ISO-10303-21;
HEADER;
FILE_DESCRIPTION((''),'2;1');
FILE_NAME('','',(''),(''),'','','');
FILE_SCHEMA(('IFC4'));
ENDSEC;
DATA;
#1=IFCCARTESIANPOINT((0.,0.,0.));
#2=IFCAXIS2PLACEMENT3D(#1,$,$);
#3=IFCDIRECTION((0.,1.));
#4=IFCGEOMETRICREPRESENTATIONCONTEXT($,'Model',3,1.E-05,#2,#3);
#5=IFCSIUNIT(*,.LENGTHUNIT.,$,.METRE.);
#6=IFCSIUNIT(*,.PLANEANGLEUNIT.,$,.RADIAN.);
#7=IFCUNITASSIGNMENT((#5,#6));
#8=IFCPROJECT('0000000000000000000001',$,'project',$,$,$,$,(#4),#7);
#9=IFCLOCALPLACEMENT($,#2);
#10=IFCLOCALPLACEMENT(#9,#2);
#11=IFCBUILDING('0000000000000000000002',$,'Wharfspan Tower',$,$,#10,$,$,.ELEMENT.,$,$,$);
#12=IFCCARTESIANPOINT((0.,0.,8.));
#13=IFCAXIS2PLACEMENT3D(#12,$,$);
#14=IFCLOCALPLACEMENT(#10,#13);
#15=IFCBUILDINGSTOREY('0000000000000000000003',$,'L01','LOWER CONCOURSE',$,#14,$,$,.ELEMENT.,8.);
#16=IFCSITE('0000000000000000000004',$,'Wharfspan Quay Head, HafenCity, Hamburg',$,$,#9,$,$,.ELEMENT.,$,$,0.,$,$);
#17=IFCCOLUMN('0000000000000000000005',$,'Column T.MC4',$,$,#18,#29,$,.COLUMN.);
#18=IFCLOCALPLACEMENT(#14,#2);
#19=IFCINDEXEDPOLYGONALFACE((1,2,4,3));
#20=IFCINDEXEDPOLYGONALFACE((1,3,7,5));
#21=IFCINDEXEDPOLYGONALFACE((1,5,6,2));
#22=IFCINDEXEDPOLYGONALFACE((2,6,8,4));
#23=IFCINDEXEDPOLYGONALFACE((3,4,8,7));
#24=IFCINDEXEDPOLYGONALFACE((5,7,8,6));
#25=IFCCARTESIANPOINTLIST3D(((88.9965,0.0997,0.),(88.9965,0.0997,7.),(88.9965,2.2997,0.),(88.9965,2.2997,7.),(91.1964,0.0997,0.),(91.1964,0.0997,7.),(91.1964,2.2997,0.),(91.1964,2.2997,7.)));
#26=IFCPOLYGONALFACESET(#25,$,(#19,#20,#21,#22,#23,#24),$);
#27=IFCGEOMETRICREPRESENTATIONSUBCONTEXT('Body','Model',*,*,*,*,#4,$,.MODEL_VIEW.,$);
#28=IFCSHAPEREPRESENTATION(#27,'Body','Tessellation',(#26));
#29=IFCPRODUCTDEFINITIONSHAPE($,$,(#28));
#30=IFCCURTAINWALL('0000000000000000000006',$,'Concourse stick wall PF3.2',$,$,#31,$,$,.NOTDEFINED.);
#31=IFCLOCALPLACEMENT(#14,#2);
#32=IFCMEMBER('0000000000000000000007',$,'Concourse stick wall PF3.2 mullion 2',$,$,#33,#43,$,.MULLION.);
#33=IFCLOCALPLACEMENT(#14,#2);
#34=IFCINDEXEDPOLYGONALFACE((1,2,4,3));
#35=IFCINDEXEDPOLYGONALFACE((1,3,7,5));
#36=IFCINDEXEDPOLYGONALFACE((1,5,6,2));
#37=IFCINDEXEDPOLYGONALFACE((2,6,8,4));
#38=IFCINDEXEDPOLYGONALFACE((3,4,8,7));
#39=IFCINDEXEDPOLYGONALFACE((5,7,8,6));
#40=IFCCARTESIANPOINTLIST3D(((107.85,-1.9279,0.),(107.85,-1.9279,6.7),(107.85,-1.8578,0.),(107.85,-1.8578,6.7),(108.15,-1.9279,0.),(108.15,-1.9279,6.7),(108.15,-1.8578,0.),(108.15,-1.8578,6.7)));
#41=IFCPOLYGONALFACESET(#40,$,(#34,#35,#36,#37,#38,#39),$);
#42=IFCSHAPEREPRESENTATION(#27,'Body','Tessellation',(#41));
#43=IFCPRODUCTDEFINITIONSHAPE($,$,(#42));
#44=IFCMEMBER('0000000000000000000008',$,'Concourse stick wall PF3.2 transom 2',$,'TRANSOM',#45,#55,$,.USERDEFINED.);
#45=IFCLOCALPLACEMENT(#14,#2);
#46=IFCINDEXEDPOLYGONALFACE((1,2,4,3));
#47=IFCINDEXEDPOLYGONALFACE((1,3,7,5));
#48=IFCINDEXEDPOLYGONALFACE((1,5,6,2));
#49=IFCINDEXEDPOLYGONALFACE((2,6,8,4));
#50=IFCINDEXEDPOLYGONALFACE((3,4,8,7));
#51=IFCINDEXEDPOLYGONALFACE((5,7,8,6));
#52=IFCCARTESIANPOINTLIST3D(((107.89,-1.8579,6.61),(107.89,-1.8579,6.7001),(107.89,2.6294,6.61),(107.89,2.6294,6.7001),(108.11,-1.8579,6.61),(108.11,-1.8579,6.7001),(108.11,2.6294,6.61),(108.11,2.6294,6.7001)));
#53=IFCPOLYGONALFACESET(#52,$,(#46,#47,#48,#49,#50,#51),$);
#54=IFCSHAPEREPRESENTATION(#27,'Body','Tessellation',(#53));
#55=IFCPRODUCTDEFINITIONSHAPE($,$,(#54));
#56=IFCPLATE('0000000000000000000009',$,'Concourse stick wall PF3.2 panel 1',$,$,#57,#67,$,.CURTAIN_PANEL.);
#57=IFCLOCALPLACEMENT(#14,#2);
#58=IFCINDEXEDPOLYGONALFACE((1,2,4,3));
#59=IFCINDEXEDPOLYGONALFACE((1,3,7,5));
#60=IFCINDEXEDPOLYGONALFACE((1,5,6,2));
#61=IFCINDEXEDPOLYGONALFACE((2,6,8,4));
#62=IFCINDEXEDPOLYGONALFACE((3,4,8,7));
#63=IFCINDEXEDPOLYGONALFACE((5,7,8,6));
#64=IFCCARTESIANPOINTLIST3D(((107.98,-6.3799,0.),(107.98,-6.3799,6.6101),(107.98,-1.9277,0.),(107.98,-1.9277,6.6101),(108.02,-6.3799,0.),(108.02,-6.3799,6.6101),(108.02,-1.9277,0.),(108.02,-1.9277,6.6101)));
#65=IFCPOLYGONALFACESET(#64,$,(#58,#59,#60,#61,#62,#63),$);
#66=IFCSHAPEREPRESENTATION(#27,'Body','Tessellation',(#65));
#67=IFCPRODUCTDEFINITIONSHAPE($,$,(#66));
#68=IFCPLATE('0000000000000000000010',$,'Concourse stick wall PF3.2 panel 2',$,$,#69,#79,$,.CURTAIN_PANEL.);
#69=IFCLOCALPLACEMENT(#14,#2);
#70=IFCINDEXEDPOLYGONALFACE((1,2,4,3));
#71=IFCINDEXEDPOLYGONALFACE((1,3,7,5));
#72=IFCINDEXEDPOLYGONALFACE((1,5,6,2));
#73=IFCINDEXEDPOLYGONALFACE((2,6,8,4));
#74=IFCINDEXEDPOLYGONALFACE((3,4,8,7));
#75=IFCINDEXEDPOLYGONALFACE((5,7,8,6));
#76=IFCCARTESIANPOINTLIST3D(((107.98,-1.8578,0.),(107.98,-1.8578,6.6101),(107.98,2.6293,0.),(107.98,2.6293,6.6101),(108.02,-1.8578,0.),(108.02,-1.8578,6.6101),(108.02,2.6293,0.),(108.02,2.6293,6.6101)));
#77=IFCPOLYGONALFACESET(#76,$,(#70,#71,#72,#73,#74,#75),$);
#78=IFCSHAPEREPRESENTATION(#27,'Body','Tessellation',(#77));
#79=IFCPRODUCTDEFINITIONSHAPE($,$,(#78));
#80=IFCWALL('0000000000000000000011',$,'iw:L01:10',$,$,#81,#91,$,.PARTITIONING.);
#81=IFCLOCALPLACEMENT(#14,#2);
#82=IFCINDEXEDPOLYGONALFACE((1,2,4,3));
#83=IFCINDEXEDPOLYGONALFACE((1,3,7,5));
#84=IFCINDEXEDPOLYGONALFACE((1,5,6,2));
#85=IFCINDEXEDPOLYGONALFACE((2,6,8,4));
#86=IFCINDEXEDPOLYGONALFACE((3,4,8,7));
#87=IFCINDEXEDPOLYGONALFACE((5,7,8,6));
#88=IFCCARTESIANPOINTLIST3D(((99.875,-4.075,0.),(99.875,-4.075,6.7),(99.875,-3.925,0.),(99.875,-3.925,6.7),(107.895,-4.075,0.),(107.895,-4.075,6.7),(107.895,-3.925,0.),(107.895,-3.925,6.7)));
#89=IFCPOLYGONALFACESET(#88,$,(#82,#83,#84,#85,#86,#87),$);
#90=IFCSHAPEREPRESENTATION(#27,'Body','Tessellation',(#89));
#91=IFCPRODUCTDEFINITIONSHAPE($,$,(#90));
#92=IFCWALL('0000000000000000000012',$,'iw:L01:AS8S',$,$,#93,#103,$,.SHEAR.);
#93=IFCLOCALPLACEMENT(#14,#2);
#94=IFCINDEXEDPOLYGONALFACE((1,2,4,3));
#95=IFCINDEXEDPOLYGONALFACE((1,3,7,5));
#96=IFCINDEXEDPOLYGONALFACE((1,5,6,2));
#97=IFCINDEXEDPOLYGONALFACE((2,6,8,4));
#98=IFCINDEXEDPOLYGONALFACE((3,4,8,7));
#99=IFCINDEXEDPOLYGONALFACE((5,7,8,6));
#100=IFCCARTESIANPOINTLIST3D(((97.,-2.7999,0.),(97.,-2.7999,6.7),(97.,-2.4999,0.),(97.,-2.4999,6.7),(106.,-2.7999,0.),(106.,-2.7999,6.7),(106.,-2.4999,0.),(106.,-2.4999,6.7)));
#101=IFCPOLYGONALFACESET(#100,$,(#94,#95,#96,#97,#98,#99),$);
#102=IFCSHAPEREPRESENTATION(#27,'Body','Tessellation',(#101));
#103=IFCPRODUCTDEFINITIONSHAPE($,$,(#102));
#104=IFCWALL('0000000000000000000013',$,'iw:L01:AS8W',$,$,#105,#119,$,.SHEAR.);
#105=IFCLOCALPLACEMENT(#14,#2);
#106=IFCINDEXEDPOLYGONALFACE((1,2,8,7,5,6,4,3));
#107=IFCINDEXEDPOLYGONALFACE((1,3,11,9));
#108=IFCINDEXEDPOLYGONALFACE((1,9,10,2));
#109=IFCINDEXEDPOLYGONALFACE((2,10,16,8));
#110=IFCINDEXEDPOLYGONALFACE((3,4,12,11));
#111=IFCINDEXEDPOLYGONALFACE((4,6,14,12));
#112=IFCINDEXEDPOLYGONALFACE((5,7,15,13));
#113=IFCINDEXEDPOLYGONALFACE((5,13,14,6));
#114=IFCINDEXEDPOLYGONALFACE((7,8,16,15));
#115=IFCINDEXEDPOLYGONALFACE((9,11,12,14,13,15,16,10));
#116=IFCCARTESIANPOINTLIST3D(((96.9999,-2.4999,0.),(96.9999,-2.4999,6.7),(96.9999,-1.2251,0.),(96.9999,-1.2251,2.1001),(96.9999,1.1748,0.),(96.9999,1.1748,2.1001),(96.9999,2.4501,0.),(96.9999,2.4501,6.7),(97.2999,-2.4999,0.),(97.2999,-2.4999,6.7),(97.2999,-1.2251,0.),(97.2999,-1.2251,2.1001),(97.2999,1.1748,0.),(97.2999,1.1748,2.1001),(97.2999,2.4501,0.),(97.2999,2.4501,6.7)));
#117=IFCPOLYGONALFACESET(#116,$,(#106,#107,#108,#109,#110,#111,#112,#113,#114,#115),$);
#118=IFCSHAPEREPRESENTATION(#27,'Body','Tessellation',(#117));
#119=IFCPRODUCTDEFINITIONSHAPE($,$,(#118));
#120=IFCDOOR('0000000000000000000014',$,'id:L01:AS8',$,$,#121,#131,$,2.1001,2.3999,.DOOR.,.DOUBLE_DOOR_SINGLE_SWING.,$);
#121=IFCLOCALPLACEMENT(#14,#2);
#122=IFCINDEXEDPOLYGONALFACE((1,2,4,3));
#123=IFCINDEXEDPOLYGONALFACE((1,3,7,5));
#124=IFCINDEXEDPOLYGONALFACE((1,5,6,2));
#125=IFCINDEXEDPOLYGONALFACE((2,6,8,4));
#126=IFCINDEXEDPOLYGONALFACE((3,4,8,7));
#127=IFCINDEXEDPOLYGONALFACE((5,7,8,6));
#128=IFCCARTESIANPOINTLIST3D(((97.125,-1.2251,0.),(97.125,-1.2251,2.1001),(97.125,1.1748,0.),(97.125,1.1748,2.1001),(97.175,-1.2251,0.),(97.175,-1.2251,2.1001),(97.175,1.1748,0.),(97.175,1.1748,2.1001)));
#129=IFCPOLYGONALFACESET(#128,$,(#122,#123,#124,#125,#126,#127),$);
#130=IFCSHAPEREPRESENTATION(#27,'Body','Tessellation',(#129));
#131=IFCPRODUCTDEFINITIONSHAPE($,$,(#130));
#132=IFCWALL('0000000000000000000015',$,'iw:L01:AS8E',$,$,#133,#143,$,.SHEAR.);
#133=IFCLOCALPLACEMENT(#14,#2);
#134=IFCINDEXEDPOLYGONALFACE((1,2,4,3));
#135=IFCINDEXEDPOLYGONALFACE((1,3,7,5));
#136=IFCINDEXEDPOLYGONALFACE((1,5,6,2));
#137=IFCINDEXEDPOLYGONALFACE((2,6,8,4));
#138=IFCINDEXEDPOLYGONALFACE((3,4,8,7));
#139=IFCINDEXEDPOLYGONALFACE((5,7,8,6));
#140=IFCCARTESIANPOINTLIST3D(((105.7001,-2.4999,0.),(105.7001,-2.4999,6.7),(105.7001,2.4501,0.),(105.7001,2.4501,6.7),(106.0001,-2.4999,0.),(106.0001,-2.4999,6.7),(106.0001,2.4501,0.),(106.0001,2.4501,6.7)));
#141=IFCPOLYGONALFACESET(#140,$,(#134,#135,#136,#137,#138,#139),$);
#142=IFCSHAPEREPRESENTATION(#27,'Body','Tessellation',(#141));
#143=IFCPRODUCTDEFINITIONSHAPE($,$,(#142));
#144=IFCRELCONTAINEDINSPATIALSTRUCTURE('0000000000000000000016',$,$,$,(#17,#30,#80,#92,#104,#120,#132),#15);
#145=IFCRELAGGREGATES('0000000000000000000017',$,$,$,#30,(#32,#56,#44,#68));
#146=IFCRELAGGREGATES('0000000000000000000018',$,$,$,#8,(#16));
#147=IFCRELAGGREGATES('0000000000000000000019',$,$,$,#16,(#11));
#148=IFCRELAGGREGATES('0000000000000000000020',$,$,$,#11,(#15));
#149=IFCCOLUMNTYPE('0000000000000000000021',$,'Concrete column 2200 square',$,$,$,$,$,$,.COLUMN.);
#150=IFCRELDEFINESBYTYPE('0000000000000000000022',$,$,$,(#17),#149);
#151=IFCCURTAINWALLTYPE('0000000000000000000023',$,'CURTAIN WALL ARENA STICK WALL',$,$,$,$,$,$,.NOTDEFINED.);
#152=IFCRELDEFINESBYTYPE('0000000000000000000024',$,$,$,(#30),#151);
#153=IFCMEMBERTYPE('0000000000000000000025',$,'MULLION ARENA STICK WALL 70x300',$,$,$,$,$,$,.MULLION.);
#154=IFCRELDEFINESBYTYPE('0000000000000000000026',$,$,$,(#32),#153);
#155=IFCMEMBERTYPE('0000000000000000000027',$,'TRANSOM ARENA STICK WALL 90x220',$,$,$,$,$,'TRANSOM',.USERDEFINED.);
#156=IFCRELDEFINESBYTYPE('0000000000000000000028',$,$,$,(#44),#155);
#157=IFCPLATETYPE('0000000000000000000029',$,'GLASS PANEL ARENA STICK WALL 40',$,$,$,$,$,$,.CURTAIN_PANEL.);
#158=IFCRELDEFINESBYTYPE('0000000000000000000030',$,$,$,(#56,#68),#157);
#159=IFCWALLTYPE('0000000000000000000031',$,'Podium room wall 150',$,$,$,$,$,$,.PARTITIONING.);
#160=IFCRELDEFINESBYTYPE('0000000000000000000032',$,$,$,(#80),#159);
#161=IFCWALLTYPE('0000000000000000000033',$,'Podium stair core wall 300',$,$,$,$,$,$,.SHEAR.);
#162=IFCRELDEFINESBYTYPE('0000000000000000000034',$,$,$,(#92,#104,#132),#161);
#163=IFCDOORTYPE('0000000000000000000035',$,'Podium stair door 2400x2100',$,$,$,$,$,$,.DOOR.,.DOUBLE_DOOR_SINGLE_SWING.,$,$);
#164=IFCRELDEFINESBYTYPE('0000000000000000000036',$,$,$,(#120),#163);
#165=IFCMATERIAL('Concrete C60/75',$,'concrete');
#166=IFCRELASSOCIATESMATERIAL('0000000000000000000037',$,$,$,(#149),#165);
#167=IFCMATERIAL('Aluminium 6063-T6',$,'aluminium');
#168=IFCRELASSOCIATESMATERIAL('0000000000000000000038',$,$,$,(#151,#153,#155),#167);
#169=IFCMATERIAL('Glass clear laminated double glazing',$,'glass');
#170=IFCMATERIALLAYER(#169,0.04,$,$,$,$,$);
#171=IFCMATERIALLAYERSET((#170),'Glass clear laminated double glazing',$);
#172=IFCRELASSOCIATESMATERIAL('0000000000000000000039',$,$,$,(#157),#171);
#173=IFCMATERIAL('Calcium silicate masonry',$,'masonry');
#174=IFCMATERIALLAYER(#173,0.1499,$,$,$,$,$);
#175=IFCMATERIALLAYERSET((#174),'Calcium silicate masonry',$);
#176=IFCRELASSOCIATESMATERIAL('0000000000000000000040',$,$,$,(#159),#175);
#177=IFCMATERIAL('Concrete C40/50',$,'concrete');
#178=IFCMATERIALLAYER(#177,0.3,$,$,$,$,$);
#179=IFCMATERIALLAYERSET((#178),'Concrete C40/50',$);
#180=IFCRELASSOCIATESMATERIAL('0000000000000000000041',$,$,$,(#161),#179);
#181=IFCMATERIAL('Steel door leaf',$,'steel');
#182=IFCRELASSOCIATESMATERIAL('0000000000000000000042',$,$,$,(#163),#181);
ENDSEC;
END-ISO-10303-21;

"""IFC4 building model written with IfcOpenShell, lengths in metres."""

from ifc_helpers import new_model, si_unit, direction, frame, frame_2d, origin, origin_2d, place, context, subcontext, project, spatial, rectangle, extrude, material, layer, layer_set, material_profile, profile_set, type_object, element, fill, aggregate, save


model = new_model("IFC4")

# Units and contexts
model_context = context("Model", 3, precision=1e-05, world=origin(), true_north=direction((0.0, 1.0)))
body_context = subcontext(model_context, "Body", "Model", "MODEL_VIEW")
ifc_project = project(units=[si_unit("LENGTHUNIT", "METRE"), si_unit("PLANEANGLEUNIT", "RADIAN")], contexts=[model_context])

# Site, building, storey
site_placement = place(None, origin())
site = spatial("IfcSite", under=ifc_project, at=site_placement, Name="Wharfspan Quay Head, HafenCity, Hamburg", CompositionType="ELEMENT", RefElevation=0.0)
building_placement = place(site_placement, origin())
building = spatial("IfcBuilding", under=site, at=building_placement, Name="Wharfspan Tower", CompositionType="ELEMENT")
storey_placement = place(building_placement, frame((0.0, 0.0, 8.0)))
storey = spatial("IfcBuildingStorey", under=building, at=storey_placement, Name="L01", Description="LOWER CONCOURSE", CompositionType="ELEMENT", Elevation=8.0)

# Column
ifc_material_1 = material(Name="Concrete C60/75", Category="concrete")
ifc_material_profile_1 = material_profile(ifc_material_1, rectangle(XDim=2.2, YDim=2.2, at=origin_2d()))
ifc_profile_set_1 = profile_set([ifc_material_profile_1], Name="Concrete C60/75")
column_type = type_object("IfcColumnType", Name="Concrete column 2200 square", PredefinedType="COLUMN", material=ifc_profile_set_1)
column_placement = place(storey_placement, frame((90.0964, 1.1997, 0.0), z_axis=(0.0, 0.0, 1.0), x_axis=(1.0, 0.0, 0.0)))
element("IfcColumn", 1, at=column_placement, inside=storey, type_object=column_type, Name="Column T.MC4", PredefinedType="COLUMN", context=body_context, shape_type="SweptSolid", body=[
    extrude(rectangle(XDim=2.2, YDim=2.2, at=origin_2d()), origin(), (0.0, 0.0, 1.0), 7.0),
])

# Curtain wall, members, plates
ifc_material_2 = material(Name="Aluminium 6063-T6", Category="aluminium")
curtain_wall_type = type_object("IfcCurtainWallType", Name="CURTAIN WALL ARENA STICK WALL", PredefinedType="NOTDEFINED", material=ifc_material_2)
curtain_wall_placement = place(storey_placement, origin())
curtain_wall = element("IfcCurtainWall", 2, at=curtain_wall_placement, inside=storey, type_object=curtain_wall_type, Name="Concourse stick wall PF3.2", PredefinedType="NOTDEFINED")
ifc_material_profile_2 = material_profile(ifc_material_2, rectangle(XDim=0.3, YDim=0.0701, at=origin_2d()))
ifc_profile_set_2 = profile_set([ifc_material_profile_2], Name="Aluminium 6063-T6")
member_type_1 = type_object("IfcMemberType", Name="MULLION ARENA STICK WALL 70x300", PredefinedType="MULLION", material=ifc_profile_set_2)
member_1_placement = place(storey_placement, frame((108.0, -1.8928, 0.0), z_axis=(0.0, 0.0, 1.0), x_axis=(-1.0, 0.0, 0.0)))
member_1 = element("IfcMember", 3, at=member_1_placement, type_object=member_type_1, Name="Concourse stick wall PF3.2 mullion 2", PredefinedType="MULLION", context=body_context, shape_type="SweptSolid", body=[
    extrude(rectangle(XDim=0.3, YDim=0.0701, at=origin_2d()), origin(), (0.0, 0.0, 1.0), 6.7),
])
ifc_material_profile_3 = material_profile(ifc_material_2, rectangle(XDim=0.22, YDim=0.0901, at=origin_2d()))
ifc_profile_set_3 = profile_set([ifc_material_profile_3], Name="Aluminium 6063-T6")
member_type_2 = type_object("IfcMemberType", Name="TRANSOM ARENA STICK WALL 90x220", ElementType="TRANSOM", PredefinedType="USERDEFINED", material=ifc_profile_set_3)
member_2_placement = place(storey_placement, frame((108.0, -1.8579, 6.655), z_axis=(0.0, 1.0, 0.0), x_axis=(-1.0, 0.0, 0.0)))
member_2 = element("IfcMember", 4, at=member_2_placement, type_object=member_type_2, Name="Concourse stick wall PF3.2 transom 2", ObjectType="TRANSOM", PredefinedType="USERDEFINED", context=body_context, shape_type="SweptSolid", body=[
    extrude(rectangle(XDim=0.22, YDim=0.0901, at=origin_2d()), origin(), (0.0, 0.0, 1.0), 4.4873),
])
ifc_material_3 = material(Name="Glass clear laminated double glazing", Category="glass")
ifc_layer_1 = layer(ifc_material_3, 0.04)
ifc_layer_set_1 = layer_set([ifc_layer_1], Name="Glass clear laminated double glazing")
plate_type = type_object("IfcPlateType", Name="GLASS PANEL ARENA STICK WALL 40", PredefinedType="CURTAIN_PANEL", material=ifc_layer_set_1)
plate_1_placement = place(storey_placement, frame((108.0, -4.1538, 0.0), z_axis=(0.0, 0.0, 1.0), x_axis=(0.0, 1.0, 0.0)))
plate_1 = element("IfcPlate", 5, at=plate_1_placement, type_object=plate_type, Name="Concourse stick wall PF3.2 panel 1", PredefinedType="CURTAIN_PANEL", context=body_context, shape_type="SweptSolid", body=[
    extrude(rectangle(XDim=4.4521, YDim=0.04, at=origin_2d()), origin(), (0.0, 0.0, 1.0), 6.6101),
])
plate_2_placement = place(storey_placement, frame((108.0, 0.3857, 0.0), z_axis=(0.0, 0.0, 1.0), x_axis=(0.0, 1.0, 0.0)))
plate_2 = element("IfcPlate", 6, at=plate_2_placement, type_object=plate_type, Name="Concourse stick wall PF3.2 panel 2", PredefinedType="CURTAIN_PANEL", context=body_context, shape_type="SweptSolid", body=[
    extrude(rectangle(XDim=4.4871, YDim=0.04, at=origin_2d()), origin(), (0.0, 0.0, 1.0), 6.6101),
])
aggregate(curtain_wall, [member_1, plate_1, member_2, plate_2])

# Walls
ifc_material_4 = material(Name="Calcium silicate masonry", Category="masonry")
ifc_layer_2 = layer(ifc_material_4, 0.1499)
ifc_layer_set_2 = layer_set([ifc_layer_2], Name="Calcium silicate masonry")
wall_type_1 = type_object("IfcWallType", Name="Podium room wall 150", PredefinedType="PARTITIONING", material=ifc_layer_set_2)
wall_1_placement = place(storey_placement, frame((99.875, -4.0, 0.0), z_axis=(0.0, 0.0, 1.0), x_axis=(1.0, 0.0, 0.0)))
element("IfcWall", 7, at=wall_1_placement, inside=storey, type_object=wall_type_1, Name="iw:L01:10", PredefinedType="PARTITIONING", context=body_context, shape_type="SweptSolid", body=[
    extrude(rectangle(XDim=8.02, YDim=0.1499, at=frame_2d((4.01, 0.0))), origin(), (0.0, 0.0, 1.0), 6.7),
])
ifc_material_5 = material(Name="Concrete C40/50", Category="concrete")
ifc_layer_3 = layer(ifc_material_5, 0.3)
ifc_layer_set_3 = layer_set([ifc_layer_3], Name="Concrete C40/50")
wall_type_2 = type_object("IfcWallType", Name="Podium stair core wall 300", PredefinedType="SHEAR", material=ifc_layer_set_3)
wall_2_placement = place(storey_placement, frame((97.0, -2.6499, 0.0), z_axis=(0.0, 0.0, 1.0), x_axis=(1.0, 0.0, 0.0)))
element("IfcWall", 8, at=wall_2_placement, inside=storey, type_object=wall_type_2, Name="iw:L01:AS8S", PredefinedType="SHEAR", context=body_context, shape_type="SweptSolid", body=[
    extrude(rectangle(XDim=9.0, YDim=0.3, at=frame_2d((4.5, 0.0))), origin(), (0.0, 0.0, 1.0), 6.7),
])

# Wall, opening, door
wall_3_placement = place(storey_placement, frame((97.1499, -2.5, 0.0), z_axis=(0.0, 0.0, 1.0), x_axis=(0.0, 1.0, 0.0)))
wall_3 = element("IfcWall", 9, at=wall_3_placement, inside=storey, type_object=wall_type_2, Name="iw:L01:AS8W", PredefinedType="SHEAR", context=body_context, shape_type="SweptSolid", body=[
    extrude(rectangle(XDim=4.95, YDim=0.3, at=frame_2d((2.4751, 0.0))), origin(), (0.0, 0.0, 1.0), 6.7),
])
opening_placement = place(wall_3_placement, frame((1.2749, 0.0, 0.0)))
opening = element("IfcOpeningElement", 10, at=opening_placement, cuts=wall_3, PredefinedType="OPENING", context=body_context, shape_type="SweptSolid", body=[
    extrude(rectangle(XDim=2.3999, YDim=2.1001, at=frame_2d((1.2, 1.05))), frame((0.0, 0.1599, 0.0), z_axis=(0.0, -1.0, 0.0), x_axis=(1.0, 0.0, 0.0)), (0.0, 0.0, 1.0), 0.3201),
])
ifc_material_6 = material(Name="Steel door leaf", Category="steel")
door_type = type_object("IfcDoorType", Name="Podium stair door 2400x2100", OperationType="DOUBLE_DOOR_SINGLE_SWING", PredefinedType="DOOR", material=ifc_material_6)
door_placement = place(opening_placement, origin())
door = element("IfcDoor", 11, at=door_placement, inside=storey, type_object=door_type, Name="id:L01:AS8", OperationType="DOUBLE_DOOR_SINGLE_SWING", OverallHeight=2.1001, OverallWidth=2.3999, PredefinedType="DOOR", context=body_context, shape_type="SweptSolid", body=[
    extrude(rectangle(XDim=2.3999, YDim=2.1001, at=frame_2d((1.2, 1.05))), frame((0.0, 0.0249, 0.0), z_axis=(0.0, -1.0, 0.0), x_axis=(1.0, 0.0, 0.0)), (0.0, 0.0, 1.0), 0.05),
])
fill(opening, door)

# Wall
wall_4_placement = place(storey_placement, frame((105.8501, -2.5, 0.0), z_axis=(0.0, 0.0, 1.0), x_axis=(0.0, 1.0, 0.0)))
element("IfcWall", 12, at=wall_4_placement, inside=storey, type_object=wall_type_2, Name="iw:L01:AS8E", PredefinedType="SHEAR", context=body_context, shape_type="SweptSolid", body=[
    extrude(rectangle(XDim=4.95, YDim=0.3, at=frame_2d((2.4751, 0.0))), origin(), (0.0, 0.0, 1.0), 6.7),
])

save(model, "model.ifc")
